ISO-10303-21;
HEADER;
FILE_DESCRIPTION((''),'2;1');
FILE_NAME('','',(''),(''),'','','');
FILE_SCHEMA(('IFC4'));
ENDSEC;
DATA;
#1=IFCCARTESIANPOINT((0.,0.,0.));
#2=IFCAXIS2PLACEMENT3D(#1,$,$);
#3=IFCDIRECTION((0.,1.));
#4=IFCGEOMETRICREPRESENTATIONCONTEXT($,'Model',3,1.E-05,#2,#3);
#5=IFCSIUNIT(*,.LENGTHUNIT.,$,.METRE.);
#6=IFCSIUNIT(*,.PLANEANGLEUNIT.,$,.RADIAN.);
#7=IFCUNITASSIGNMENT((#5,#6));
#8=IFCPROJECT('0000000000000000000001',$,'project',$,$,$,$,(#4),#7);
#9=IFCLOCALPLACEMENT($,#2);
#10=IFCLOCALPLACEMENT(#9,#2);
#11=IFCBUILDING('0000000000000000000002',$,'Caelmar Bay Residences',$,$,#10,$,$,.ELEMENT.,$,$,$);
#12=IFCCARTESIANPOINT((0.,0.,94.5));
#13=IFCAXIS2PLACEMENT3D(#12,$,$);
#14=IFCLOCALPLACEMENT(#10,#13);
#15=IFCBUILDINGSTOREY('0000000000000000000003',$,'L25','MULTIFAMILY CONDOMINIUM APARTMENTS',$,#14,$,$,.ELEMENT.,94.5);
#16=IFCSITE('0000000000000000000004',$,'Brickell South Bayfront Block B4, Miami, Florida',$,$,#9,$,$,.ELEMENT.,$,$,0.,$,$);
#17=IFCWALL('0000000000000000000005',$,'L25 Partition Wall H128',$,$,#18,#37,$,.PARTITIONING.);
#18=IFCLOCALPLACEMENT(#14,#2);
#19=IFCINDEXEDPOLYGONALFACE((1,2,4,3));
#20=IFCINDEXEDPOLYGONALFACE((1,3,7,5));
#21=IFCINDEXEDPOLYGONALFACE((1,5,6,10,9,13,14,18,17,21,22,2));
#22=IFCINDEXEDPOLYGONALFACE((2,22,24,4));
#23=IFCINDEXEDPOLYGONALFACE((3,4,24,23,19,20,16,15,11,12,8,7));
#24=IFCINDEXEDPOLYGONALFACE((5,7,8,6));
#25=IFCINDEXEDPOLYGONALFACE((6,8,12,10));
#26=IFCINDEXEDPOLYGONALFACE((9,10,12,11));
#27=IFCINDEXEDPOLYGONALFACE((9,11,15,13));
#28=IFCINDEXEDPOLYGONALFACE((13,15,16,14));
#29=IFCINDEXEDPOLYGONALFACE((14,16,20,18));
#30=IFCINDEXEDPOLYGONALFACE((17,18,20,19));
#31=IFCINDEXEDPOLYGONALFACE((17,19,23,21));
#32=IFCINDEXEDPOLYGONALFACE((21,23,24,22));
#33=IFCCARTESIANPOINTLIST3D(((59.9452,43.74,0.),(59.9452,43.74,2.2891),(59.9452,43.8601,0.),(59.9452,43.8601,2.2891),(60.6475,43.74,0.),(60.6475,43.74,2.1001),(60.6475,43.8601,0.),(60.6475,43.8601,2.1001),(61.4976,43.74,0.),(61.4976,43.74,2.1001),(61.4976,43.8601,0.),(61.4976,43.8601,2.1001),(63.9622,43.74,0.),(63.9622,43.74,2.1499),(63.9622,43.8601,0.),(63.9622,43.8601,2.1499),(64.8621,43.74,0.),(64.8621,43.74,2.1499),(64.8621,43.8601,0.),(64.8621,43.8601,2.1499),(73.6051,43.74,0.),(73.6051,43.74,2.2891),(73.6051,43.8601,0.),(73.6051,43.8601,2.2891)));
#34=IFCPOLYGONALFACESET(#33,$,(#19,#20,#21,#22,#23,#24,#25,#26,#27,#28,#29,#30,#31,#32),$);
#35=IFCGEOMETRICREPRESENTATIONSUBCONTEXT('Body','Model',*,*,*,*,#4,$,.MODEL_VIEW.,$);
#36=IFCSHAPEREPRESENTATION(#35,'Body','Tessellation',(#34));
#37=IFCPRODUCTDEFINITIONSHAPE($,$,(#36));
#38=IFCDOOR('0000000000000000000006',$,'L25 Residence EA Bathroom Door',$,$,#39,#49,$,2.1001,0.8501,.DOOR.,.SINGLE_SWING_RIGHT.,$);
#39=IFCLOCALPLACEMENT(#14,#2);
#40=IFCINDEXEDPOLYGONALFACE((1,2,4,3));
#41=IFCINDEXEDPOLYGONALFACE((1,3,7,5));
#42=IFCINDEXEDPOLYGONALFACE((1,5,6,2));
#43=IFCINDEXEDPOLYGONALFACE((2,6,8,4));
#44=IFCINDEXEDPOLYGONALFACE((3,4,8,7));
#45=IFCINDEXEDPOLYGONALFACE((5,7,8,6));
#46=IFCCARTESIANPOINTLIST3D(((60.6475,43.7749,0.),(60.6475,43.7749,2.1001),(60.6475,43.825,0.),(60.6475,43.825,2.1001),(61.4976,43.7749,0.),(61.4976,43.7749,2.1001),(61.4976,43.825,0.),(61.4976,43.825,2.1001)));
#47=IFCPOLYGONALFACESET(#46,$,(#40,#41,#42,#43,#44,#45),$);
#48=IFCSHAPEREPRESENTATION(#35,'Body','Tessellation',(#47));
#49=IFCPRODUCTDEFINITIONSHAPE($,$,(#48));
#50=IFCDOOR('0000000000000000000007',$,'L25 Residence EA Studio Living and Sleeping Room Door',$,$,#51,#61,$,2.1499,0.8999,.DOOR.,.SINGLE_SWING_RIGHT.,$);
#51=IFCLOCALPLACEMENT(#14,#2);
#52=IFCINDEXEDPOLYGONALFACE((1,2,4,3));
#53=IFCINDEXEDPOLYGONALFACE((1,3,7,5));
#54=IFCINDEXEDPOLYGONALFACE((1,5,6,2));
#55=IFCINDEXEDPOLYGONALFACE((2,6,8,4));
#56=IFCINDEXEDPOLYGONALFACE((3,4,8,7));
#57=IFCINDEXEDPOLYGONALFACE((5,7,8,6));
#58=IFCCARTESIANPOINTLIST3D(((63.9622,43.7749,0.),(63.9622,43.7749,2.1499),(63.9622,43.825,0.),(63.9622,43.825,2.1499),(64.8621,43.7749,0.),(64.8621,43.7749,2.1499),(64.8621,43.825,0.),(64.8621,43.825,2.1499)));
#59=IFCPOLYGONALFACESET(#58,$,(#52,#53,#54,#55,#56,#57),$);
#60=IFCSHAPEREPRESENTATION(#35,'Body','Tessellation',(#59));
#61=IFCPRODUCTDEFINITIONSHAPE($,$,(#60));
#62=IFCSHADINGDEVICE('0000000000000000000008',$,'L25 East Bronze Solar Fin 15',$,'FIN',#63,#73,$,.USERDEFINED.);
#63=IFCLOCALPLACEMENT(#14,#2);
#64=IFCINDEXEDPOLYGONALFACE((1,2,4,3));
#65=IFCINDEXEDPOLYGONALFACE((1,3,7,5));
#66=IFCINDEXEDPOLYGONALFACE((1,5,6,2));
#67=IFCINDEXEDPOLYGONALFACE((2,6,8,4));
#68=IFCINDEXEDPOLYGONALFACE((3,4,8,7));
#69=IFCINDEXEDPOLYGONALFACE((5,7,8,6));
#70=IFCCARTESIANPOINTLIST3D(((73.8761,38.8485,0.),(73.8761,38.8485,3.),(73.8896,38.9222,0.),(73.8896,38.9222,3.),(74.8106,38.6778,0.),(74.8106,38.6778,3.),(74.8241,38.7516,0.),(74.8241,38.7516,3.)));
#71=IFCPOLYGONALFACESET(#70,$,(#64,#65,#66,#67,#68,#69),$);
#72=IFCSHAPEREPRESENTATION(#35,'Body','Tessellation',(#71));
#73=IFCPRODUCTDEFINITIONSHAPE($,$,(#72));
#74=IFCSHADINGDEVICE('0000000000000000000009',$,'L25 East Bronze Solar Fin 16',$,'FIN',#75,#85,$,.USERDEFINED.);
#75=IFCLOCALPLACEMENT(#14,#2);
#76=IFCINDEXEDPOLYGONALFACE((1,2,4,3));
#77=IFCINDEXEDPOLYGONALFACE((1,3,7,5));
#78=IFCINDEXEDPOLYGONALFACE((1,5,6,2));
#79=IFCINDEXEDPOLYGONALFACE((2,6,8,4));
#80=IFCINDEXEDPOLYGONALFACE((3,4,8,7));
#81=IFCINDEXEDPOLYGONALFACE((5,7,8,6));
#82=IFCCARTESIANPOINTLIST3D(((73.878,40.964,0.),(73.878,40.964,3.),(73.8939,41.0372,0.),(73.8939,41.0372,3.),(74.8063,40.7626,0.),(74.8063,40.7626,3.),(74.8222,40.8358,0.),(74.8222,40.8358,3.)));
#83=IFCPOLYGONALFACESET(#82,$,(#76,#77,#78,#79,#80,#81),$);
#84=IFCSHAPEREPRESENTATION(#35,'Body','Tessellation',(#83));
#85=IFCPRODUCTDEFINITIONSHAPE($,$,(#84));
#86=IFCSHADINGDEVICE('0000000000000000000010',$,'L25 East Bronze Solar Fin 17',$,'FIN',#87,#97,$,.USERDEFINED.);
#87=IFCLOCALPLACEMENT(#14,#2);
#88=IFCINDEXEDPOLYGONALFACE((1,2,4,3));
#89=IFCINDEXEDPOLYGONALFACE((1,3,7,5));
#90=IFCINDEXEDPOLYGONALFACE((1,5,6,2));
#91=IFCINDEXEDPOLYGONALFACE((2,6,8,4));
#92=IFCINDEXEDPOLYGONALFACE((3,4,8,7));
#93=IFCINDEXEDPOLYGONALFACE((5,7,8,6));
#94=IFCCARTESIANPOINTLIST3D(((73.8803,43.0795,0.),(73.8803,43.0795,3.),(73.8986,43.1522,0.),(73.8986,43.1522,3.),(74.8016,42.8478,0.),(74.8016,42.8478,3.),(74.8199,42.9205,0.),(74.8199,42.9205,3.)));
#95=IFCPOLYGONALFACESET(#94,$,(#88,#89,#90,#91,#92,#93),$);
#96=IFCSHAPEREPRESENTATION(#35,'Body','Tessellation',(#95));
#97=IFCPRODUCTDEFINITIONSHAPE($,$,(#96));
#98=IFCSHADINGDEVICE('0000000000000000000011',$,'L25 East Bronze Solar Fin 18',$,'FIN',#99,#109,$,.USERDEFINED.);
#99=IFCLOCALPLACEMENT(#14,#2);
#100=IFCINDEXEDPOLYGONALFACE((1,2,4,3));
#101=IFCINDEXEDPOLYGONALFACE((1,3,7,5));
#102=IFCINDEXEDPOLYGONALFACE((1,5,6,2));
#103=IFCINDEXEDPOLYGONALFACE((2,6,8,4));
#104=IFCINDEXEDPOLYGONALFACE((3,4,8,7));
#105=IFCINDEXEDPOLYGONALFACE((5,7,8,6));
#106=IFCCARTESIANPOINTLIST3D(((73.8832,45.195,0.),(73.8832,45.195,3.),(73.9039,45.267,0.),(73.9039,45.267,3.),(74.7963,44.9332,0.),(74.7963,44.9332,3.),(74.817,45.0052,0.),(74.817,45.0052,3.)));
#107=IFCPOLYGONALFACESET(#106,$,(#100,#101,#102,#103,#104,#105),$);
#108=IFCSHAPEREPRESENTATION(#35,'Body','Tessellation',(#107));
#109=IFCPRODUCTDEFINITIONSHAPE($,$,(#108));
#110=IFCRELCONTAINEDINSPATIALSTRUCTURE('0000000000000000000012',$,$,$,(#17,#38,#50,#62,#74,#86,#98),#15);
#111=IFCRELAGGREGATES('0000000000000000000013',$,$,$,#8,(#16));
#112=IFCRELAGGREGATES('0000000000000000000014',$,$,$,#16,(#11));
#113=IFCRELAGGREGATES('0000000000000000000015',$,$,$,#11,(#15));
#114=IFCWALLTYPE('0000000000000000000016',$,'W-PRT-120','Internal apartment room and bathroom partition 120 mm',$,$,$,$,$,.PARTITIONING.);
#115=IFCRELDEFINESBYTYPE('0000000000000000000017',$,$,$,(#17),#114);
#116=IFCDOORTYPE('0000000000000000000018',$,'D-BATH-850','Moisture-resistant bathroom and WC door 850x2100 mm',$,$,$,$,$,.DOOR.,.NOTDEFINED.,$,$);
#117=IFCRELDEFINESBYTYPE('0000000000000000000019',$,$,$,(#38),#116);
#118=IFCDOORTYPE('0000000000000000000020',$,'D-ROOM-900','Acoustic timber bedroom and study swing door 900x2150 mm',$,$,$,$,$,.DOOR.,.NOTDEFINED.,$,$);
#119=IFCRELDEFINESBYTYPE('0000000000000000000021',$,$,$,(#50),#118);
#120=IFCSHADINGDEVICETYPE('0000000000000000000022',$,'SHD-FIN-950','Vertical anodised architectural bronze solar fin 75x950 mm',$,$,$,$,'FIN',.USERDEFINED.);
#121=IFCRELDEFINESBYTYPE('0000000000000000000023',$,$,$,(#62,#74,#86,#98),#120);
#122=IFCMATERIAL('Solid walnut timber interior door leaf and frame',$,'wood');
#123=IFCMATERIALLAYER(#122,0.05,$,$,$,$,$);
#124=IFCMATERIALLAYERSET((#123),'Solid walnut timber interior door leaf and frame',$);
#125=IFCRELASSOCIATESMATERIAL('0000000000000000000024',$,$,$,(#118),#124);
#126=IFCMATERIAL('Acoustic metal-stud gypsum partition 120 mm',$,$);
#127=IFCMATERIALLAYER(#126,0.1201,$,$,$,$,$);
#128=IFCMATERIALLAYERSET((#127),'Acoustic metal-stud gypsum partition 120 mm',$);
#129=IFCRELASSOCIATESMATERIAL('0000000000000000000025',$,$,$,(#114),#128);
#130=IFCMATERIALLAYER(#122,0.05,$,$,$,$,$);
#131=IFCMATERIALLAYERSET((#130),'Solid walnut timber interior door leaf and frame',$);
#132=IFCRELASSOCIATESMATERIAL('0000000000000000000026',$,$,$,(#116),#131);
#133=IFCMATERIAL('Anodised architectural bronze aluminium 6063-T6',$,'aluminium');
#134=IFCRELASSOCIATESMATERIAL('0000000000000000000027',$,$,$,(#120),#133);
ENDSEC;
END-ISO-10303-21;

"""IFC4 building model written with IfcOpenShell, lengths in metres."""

from ifc_helpers import new_model, si_unit, direction, frame, frame_2d, origin, origin_2d, place, context, subcontext, project, spatial, rectangle, extrude, material, layer, layer_set, material_profile, profile_set, type_object, element, fill, save


model = new_model("IFC4")

# Units and contexts
model_context = context("Model", 3, precision=1e-05, world=origin(), true_north=direction((0.0, 1.0)))
body_context = subcontext(model_context, "Body", "Model", "MODEL_VIEW")
ifc_project = project(units=[si_unit("LENGTHUNIT", "METRE"), si_unit("PLANEANGLEUNIT", "RADIAN")], contexts=[model_context])

# Site, building, storey
site_placement = place(None, origin())
site = spatial("IfcSite", under=ifc_project, at=site_placement, Name="Brickell South Bayfront Block B4, Miami, Florida", CompositionType="ELEMENT", RefElevation=0.0)
building_placement = place(site_placement, origin())
building = spatial("IfcBuilding", under=site, at=building_placement, Name="Caelmar Bay Residences", CompositionType="ELEMENT")
storey_placement = place(building_placement, frame((0.0, 0.0, 94.5)))
storey = spatial("IfcBuildingStorey", under=building, at=storey_placement, Name="L25", Description="MULTIFAMILY CONDOMINIUM APARTMENTS", CompositionType="ELEMENT", Elevation=94.5)

# Shared definitions
ifc_material_1 = material(Name="Solid walnut timber interior door leaf and frame", Category="wood")
ifc_layer_1 = layer(ifc_material_1, 0.05)
ifc_layer_set_1 = layer_set([ifc_layer_1], Name="Solid walnut timber interior door leaf and frame")
door_type_1 = type_object("IfcDoorType", Name="D-ROOM-900", Description="Acoustic timber bedroom and study swing door 900x2150 mm", OperationType="NOTDEFINED", PredefinedType="DOOR", material=ifc_layer_set_1)
ifc_material_2 = material(Name="Acoustic metal-stud gypsum partition 120 mm")
ifc_layer_2 = layer(ifc_material_2, 0.1201)
ifc_layer_set_2 = layer_set([ifc_layer_2], Name="Acoustic metal-stud gypsum partition 120 mm")
wall_type_1 = type_object("IfcWallType", Name="W-PRT-120", Description="Internal apartment room and bathroom partition 120 mm", PredefinedType="PARTITIONING", material=ifc_layer_set_2)

# Wall, openings, doors
wall_1_placement = place(storey_placement, frame((59.9451, 43.8, 0.0), z_axis=(0.0, 0.0, 1.0), x_axis=(1.0, 0.0, 0.0)))
wall_1 = element("IfcWall", 1, at=wall_1_placement, inside=storey, type_object=wall_type_1, Name="L25 Partition Wall H128", PredefinedType="PARTITIONING", context=body_context, shape_type="SweptSolid", body=[
    extrude(rectangle(XDim=13.6599, YDim=0.1201, at=frame_2d((6.8301, 0.0))), origin(), (0.0, 0.0, 1.0), 2.2891),
])
opening_1_placement = place(wall_1_placement, frame((4.0171, 0.0, 0.0)))
opening_1 = element("IfcOpeningElement", 2, at=opening_1_placement, cuts=wall_1, PredefinedType="OPENING", context=body_context, shape_type="SweptSolid", body=[
    extrude(rectangle(XDim=0.8999, YDim=2.1499, at=frame_2d((0.45, 1.075))), frame((0.0, 0.0701, 0.0), z_axis=(0.0, -1.0, 0.0), x_axis=(1.0, 0.0, 0.0)), (0.0, 0.0, 1.0), 0.1401),
])
opening_2_placement = place(wall_1_placement, frame((0.7024, 0.0, 0.0)))
opening_2 = element("IfcOpeningElement", 3, at=opening_2_placement, cuts=wall_1, PredefinedType="OPENING", context=body_context, shape_type="SweptSolid", body=[
    extrude(rectangle(XDim=0.8501, YDim=2.1001, at=frame_2d((0.425, 1.05))), frame((0.0, 0.0701, 0.0), z_axis=(0.0, -1.0, 0.0), x_axis=(1.0, 0.0, 0.0)), (0.0, 0.0, 1.0), 0.1401),
])
ifc_layer_3 = layer(ifc_material_1, 0.05)
ifc_layer_set_3 = layer_set([ifc_layer_3], Name="Solid walnut timber interior door leaf and frame")
door_type_2 = type_object("IfcDoorType", Name="D-BATH-850", Description="Moisture-resistant bathroom and WC door 850x2100 mm", OperationType="NOTDEFINED", PredefinedType="DOOR", material=ifc_layer_set_3)
door_1_placement = place(opening_2_placement, origin())
door_1 = element("IfcDoor", 4, at=door_1_placement, inside=storey, type_object=door_type_2, Name="L25 Residence EA Bathroom Door", OperationType="SINGLE_SWING_RIGHT", OverallHeight=2.1001, OverallWidth=0.8501, PredefinedType="DOOR", context=body_context, shape_type="SweptSolid", body=[
    extrude(rectangle(XDim=0.8501, YDim=2.1001, at=frame_2d((0.425, 1.05))), frame((0.0, 0.0249, 0.0), z_axis=(0.0, -1.0, 0.0), x_axis=(1.0, 0.0, 0.0)), (0.0, 0.0, 1.0), 0.05),
])
fill(opening_2, door_1)
door_2_placement = place(opening_1_placement, origin())
door_2 = element("IfcDoor", 5, at=door_2_placement, inside=storey, type_object=door_type_1, Name="L25 Residence EA Studio Living and Sleeping Room Door", OperationType="SINGLE_SWING_RIGHT", OverallHeight=2.1499, OverallWidth=0.8999, PredefinedType="DOOR", context=body_context, shape_type="SweptSolid", body=[
    extrude(rectangle(XDim=0.8999, YDim=2.1499, at=frame_2d((0.45, 1.075))), frame((0.0, 0.0249, 0.0), z_axis=(0.0, -1.0, 0.0), x_axis=(1.0, 0.0, 0.0)), (0.0, 0.0, 1.0), 0.05),
])
fill(opening_1, door_2)

# Shading devices
ifc_material_3 = material(Name="Anodised architectural bronze aluminium 6063-T6", Category="aluminium")
ifc_material_profile_1 = material_profile(ifc_material_3, rectangle(XDim=0.075, YDim=0.95, at=origin_2d()), Name="BRONZE-FIN-75X950")
ifc_profile_set_1 = profile_set([ifc_material_profile_1], Name="Anodised architectural bronze aluminium 6063-T6")
shading_device_type = type_object("IfcShadingDeviceType", Name="SHD-FIN-950", Description="Vertical anodised architectural bronze solar fin 75x950 mm", ElementType="FIN", PredefinedType="USERDEFINED", material=ifc_profile_set_1)
for number, where, z_axis, x_axis, name in (
    (6, (74.3501, 38.8, 0.0), (0.0, 0.0, 1.0), (0.179661, 0.983729, 0.0), "L25 East Bronze Solar Fin 15"),
    (7, (74.3501, 40.8999, 0.0), (0.0, 0.0, 1.0), (0.212007, 0.977268, 0.0), "L25 East Bronze Solar Fin 16"),
    (8, (74.3501, 43.0, 0.0), (0.0, 0.0, 1.0), (0.243954, 0.969787, 0.0), "L25 East Bronze Solar Fin 17"),
    (9, (74.3501, 45.1001, 0.0), (0.0, 0.0, 1.0), (0.275637, 0.961262, 0.0), "L25 East Bronze Solar Fin 18"),
):
    element("IfcShadingDevice", number, at=place(storey_placement, frame(where, z_axis=z_axis, x_axis=x_axis)), inside=storey, type_object=shading_device_type, Name=name, ObjectType="FIN", PredefinedType="USERDEFINED", context=body_context, shape_type="SweptSolid", body=[
        extrude(rectangle(XDim=0.075, YDim=0.95, at=origin_2d()), origin(), (0.0, 0.0, 1.0), 3.0),
    ])

save(model, "model.ifc")
